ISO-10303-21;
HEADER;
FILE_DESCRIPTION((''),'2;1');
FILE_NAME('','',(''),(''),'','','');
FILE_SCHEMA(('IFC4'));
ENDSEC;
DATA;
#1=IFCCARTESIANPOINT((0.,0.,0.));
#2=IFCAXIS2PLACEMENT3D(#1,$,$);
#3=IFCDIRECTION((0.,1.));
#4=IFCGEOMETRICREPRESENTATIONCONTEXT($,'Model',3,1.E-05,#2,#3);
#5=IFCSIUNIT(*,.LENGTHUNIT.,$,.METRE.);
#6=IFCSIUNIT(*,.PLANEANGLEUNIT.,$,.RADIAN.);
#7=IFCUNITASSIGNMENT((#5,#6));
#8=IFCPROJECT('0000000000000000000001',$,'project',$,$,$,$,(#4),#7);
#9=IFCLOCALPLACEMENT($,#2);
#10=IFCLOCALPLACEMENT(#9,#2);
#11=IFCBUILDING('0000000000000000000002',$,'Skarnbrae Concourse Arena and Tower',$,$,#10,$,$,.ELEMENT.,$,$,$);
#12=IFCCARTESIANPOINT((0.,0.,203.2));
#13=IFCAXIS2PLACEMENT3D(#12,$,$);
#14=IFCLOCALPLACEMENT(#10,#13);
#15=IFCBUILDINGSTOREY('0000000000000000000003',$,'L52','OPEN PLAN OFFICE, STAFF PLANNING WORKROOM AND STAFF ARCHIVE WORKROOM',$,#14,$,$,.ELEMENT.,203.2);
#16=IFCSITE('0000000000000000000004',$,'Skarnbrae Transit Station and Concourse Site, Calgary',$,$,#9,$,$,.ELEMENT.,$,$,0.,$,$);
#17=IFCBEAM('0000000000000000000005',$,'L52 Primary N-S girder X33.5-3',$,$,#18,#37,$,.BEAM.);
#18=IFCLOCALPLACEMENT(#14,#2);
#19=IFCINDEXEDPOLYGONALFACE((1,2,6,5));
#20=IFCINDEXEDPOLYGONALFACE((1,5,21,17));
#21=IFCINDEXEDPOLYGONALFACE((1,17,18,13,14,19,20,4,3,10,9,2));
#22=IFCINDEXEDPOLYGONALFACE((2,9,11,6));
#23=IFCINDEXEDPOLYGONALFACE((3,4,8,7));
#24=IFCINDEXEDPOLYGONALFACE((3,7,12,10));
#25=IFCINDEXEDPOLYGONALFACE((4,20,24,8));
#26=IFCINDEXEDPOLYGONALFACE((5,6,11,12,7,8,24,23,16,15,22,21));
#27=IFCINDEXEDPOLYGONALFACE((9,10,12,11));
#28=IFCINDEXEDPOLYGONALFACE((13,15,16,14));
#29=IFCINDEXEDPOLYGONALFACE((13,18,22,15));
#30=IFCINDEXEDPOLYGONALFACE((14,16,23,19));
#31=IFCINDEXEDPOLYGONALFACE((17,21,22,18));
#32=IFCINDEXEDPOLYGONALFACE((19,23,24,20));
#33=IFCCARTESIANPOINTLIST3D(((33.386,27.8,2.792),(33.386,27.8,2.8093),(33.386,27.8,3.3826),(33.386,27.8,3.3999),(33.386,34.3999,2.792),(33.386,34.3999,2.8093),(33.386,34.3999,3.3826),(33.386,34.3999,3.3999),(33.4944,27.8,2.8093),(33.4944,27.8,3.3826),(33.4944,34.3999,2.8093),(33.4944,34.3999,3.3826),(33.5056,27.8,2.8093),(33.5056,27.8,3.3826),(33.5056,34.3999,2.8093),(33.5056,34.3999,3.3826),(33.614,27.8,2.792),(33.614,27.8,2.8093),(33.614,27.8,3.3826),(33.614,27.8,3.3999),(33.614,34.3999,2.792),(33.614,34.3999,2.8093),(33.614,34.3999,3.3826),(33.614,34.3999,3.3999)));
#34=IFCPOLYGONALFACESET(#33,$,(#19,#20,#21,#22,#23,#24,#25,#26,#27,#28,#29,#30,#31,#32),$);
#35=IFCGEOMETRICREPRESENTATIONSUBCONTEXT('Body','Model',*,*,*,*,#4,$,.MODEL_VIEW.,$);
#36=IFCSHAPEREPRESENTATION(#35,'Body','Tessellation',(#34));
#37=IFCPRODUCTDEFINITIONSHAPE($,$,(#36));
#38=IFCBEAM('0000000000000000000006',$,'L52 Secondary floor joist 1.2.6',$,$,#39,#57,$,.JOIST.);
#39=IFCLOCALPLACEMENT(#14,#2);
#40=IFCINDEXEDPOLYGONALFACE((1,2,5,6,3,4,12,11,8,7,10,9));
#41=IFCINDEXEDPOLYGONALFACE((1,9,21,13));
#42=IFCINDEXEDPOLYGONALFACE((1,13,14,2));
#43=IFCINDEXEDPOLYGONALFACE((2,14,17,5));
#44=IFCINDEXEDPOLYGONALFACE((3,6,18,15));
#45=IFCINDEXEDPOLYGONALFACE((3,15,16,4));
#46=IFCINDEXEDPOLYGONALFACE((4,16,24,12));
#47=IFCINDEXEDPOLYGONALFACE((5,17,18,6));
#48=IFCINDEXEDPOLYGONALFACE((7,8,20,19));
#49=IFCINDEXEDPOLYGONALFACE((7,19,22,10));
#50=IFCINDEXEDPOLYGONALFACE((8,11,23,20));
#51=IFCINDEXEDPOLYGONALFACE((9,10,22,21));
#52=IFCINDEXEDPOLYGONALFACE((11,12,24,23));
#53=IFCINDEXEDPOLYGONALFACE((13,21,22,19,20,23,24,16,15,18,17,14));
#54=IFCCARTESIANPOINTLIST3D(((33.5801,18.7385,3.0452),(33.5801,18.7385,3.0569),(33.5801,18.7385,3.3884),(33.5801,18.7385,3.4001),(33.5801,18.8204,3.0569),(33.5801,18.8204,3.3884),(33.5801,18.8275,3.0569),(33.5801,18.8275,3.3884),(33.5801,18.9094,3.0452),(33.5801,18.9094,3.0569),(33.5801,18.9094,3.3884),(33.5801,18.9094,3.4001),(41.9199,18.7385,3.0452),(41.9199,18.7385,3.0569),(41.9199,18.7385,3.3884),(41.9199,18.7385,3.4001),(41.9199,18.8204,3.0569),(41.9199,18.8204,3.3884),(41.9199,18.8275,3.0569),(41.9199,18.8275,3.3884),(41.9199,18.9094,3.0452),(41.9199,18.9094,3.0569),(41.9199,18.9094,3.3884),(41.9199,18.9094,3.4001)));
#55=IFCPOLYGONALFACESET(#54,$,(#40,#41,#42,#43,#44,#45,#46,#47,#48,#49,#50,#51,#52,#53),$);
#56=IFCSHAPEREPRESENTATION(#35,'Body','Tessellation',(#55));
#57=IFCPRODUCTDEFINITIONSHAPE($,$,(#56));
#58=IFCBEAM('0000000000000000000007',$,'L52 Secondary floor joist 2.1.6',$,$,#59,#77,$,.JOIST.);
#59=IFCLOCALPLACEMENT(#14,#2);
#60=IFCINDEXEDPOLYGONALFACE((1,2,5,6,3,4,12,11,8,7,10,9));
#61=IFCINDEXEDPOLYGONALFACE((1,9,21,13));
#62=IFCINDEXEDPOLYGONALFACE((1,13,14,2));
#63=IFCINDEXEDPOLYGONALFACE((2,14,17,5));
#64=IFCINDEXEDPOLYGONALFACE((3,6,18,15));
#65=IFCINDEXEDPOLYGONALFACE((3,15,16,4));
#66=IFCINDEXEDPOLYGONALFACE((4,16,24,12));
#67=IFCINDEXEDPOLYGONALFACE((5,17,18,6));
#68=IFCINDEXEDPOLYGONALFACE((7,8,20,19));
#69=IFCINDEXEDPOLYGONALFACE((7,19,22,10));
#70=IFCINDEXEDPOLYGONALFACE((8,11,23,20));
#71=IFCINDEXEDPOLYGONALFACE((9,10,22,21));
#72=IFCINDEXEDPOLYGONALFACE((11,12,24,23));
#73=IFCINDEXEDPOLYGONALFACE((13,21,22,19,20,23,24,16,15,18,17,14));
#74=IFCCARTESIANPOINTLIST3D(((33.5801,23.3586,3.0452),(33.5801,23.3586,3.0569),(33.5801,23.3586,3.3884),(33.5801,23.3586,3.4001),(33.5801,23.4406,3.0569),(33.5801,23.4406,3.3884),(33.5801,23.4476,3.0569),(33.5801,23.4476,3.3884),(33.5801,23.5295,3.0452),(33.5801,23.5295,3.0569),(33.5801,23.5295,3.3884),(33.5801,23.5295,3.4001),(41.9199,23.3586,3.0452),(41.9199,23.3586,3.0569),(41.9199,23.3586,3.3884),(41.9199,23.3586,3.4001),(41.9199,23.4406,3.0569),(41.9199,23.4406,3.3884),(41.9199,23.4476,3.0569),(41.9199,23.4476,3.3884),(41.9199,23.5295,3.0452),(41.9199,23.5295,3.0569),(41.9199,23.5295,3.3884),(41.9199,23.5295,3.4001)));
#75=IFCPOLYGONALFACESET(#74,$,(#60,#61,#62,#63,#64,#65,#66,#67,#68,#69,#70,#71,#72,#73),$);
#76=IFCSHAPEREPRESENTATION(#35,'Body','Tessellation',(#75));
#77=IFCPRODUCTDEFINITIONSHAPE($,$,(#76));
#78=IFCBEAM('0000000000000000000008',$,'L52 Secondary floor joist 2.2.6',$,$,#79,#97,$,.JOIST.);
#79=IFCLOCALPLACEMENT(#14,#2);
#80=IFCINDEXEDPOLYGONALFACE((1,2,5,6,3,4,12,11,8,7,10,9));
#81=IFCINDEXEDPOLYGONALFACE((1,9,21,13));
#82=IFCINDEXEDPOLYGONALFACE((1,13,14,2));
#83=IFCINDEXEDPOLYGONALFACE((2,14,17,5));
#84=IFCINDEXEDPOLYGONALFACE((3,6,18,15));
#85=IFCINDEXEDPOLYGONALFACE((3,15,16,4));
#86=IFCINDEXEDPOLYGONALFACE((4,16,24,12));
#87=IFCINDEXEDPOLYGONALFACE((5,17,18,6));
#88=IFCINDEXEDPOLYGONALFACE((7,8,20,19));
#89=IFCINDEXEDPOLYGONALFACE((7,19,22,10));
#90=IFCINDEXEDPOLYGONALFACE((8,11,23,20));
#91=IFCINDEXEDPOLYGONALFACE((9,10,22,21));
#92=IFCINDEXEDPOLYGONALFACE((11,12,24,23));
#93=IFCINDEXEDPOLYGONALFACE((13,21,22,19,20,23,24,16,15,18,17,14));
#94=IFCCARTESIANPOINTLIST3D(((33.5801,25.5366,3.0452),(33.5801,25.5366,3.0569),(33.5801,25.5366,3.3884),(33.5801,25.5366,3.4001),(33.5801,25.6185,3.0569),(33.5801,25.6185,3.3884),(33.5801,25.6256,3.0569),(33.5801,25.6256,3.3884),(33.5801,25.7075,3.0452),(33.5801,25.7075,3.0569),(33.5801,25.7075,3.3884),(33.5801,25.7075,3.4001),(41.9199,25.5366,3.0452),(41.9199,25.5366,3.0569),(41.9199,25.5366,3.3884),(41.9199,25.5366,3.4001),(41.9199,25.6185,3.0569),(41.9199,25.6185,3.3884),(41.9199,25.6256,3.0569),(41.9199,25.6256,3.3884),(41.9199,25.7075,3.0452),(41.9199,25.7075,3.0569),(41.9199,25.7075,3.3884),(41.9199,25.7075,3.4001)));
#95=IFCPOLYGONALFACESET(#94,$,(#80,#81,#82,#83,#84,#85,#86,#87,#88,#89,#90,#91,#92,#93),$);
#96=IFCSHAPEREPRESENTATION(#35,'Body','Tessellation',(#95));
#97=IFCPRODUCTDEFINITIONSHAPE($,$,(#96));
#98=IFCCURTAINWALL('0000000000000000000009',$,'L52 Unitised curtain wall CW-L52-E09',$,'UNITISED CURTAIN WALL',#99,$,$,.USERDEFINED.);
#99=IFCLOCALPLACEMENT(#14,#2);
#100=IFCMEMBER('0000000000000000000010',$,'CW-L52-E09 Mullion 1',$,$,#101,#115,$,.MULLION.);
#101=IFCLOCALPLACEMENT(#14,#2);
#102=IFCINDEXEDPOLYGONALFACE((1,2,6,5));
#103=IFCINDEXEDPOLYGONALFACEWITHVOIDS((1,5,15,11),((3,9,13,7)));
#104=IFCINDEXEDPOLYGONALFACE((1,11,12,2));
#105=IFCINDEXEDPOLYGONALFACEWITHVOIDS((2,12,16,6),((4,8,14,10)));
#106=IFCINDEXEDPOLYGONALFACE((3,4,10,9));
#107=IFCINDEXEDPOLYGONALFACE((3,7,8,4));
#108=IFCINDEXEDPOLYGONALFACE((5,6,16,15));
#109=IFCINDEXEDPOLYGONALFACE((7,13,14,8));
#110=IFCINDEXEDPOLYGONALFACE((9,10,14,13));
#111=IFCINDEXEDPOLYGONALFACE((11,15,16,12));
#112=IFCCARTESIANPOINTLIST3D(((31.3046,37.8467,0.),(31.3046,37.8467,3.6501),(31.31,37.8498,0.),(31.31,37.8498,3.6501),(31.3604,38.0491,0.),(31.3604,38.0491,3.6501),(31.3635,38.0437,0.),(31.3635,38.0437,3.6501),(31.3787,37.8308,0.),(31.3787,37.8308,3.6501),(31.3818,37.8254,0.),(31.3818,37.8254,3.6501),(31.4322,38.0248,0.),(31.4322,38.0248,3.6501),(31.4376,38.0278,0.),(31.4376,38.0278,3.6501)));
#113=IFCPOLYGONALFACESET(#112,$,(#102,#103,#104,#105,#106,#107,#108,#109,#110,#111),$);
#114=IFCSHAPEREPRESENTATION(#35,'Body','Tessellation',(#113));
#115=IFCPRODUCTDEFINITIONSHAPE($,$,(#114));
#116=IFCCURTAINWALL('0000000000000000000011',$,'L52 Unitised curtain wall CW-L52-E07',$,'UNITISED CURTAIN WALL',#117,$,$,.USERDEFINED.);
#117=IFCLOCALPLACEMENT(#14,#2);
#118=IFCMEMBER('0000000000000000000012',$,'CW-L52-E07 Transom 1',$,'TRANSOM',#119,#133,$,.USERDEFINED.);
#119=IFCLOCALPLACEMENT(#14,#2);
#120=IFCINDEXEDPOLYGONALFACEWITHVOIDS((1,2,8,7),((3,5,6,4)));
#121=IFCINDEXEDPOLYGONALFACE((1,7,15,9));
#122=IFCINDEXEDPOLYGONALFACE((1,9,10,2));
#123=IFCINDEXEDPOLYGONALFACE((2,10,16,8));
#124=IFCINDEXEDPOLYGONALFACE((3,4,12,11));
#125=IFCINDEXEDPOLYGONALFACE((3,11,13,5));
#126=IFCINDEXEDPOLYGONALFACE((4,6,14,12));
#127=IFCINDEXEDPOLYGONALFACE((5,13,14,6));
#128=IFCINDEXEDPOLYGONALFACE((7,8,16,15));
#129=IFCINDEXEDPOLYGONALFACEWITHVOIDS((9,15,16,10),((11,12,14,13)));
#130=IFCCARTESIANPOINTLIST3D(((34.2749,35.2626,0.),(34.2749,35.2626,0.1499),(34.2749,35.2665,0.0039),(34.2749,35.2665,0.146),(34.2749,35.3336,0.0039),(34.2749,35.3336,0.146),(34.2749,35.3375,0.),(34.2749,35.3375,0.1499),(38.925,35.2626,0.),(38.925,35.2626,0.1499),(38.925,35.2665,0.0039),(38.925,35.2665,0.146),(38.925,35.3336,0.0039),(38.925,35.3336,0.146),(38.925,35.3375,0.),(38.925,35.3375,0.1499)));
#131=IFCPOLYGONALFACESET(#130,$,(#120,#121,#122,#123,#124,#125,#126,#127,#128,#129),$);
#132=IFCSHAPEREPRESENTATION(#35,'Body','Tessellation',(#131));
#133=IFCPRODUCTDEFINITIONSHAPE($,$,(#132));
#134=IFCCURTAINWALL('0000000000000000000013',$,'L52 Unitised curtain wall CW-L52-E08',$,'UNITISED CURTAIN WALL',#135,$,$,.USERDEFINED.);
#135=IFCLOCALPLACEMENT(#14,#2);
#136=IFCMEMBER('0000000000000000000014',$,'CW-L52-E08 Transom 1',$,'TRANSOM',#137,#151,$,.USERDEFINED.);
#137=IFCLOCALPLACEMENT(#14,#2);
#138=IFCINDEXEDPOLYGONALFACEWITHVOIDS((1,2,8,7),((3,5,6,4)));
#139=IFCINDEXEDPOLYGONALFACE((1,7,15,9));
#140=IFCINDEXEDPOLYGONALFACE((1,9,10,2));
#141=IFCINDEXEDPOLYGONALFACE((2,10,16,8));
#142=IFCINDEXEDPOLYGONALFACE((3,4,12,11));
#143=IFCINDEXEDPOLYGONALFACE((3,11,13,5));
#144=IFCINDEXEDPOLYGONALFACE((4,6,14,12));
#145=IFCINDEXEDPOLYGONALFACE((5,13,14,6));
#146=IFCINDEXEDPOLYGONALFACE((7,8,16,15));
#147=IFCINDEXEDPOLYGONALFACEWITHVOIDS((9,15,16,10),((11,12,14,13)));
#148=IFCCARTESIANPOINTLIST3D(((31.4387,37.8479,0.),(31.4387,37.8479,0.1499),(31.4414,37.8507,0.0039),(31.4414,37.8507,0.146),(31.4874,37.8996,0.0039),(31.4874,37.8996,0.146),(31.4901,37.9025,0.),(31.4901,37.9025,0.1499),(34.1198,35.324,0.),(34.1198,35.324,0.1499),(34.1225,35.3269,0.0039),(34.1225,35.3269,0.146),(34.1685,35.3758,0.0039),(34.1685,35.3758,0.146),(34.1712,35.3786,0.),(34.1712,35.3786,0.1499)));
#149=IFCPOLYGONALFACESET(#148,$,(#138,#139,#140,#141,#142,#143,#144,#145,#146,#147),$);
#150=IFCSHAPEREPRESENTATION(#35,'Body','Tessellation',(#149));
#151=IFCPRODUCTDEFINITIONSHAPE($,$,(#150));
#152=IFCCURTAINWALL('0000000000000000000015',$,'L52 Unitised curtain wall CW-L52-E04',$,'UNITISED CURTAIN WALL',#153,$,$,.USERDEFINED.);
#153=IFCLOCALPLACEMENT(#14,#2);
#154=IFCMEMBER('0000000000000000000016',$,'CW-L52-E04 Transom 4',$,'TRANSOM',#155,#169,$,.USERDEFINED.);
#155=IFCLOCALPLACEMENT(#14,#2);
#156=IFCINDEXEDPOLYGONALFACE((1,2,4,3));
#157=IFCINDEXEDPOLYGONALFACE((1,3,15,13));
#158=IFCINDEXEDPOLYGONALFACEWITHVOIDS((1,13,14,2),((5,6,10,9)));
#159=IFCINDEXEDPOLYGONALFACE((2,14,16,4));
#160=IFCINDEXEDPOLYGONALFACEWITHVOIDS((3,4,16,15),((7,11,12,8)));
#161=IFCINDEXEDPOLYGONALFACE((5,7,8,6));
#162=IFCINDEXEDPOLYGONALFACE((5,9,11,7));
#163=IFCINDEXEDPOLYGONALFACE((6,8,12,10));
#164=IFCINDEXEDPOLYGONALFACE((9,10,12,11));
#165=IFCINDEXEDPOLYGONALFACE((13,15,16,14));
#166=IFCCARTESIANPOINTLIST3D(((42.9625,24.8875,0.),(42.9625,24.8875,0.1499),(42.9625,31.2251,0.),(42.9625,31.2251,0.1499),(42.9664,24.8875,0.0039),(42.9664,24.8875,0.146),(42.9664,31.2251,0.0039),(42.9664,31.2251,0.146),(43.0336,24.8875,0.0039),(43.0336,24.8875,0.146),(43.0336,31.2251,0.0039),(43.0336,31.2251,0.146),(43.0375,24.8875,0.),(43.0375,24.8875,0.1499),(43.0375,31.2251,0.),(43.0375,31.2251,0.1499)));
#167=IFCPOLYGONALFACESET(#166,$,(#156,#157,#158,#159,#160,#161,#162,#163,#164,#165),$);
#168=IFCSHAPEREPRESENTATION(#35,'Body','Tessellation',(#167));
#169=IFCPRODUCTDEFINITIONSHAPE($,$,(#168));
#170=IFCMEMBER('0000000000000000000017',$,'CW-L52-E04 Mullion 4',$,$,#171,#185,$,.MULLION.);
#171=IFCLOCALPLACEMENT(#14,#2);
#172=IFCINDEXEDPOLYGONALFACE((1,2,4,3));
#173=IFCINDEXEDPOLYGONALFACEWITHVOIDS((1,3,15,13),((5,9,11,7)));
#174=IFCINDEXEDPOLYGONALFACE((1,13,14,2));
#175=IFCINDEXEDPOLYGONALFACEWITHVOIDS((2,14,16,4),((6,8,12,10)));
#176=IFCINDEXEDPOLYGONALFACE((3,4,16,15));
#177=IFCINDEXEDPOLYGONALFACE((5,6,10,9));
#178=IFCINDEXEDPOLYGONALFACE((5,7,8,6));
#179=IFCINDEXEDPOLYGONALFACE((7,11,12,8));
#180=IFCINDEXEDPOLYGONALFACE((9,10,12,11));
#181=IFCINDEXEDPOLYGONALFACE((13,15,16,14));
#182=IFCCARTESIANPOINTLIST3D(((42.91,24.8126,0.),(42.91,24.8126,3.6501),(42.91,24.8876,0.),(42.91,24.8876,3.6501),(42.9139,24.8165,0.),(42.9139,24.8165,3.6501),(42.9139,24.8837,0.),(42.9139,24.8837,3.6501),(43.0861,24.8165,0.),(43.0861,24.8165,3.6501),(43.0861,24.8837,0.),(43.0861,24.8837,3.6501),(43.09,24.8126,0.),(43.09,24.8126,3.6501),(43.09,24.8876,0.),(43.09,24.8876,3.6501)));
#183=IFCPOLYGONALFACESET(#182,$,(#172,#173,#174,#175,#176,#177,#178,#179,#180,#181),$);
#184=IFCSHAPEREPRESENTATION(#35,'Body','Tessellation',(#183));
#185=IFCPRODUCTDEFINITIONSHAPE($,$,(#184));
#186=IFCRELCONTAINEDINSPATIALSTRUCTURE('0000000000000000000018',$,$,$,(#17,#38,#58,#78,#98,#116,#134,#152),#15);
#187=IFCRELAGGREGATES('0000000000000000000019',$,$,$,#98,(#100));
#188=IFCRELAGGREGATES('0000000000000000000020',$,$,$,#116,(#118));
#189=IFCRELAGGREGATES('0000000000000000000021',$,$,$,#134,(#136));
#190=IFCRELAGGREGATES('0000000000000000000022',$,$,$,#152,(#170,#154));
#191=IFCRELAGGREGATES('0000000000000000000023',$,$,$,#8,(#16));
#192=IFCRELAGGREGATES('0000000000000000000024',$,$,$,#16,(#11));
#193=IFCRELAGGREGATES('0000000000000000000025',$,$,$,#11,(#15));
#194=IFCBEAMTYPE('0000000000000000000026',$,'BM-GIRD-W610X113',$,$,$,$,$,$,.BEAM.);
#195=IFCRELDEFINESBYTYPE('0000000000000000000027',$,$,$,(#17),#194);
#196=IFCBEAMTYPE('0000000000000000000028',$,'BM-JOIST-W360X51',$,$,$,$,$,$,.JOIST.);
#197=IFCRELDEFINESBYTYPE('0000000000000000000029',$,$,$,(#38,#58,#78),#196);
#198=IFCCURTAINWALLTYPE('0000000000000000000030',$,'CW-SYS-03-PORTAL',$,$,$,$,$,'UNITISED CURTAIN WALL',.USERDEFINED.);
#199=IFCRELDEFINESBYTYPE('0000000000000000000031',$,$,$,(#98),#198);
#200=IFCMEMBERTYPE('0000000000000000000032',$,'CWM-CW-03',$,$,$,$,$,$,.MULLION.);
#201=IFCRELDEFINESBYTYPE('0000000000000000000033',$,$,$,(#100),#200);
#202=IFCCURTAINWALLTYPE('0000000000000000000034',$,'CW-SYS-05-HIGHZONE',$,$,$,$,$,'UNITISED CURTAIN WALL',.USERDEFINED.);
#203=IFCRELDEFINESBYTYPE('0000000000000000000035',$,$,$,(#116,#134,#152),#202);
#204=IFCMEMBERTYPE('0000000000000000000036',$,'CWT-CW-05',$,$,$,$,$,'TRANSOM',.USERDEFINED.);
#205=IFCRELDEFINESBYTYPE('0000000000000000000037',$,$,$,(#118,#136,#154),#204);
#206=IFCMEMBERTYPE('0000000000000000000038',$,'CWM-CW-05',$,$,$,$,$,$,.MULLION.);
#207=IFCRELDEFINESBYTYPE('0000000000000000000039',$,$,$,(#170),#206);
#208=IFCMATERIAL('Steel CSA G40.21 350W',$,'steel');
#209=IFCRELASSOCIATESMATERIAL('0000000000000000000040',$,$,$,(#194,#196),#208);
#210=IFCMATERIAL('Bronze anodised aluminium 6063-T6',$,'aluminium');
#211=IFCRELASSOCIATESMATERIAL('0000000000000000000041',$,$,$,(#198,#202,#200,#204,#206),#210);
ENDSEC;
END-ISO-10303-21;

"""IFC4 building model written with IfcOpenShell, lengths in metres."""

from ifc_helpers import new_model, si_unit, direction, frame, origin, origin_2d, place, context, subcontext, project, spatial, hollow_rectangle, i_section, extrude, source, transform, mapped, material, material_profile, profile_set, type_object, element, aggregate, save


model = new_model("IFC4")

# Units and contexts
model_context = context("Model", 3, precision=1e-05, world=origin(), true_north=direction((0.0, 1.0)))
body_context = subcontext(model_context, "Body", "Model", "MODEL_VIEW")
ifc_project = project(units=[si_unit("LENGTHUNIT", "METRE"), si_unit("PLANEANGLEUNIT", "RADIAN")], contexts=[model_context])

# Site, building, storey
site_placement = place(None, origin())
site = spatial("IfcSite", under=ifc_project, at=site_placement, Name="Skarnbrae Transit Station and Concourse Site, Calgary", CompositionType="ELEMENT", RefElevation=0.0)
building_placement = place(site_placement, origin())
building = spatial("IfcBuilding", under=site, at=building_placement, Name="Skarnbrae Concourse Arena and Tower", CompositionType="ELEMENT")
storey_placement = place(building_placement, frame((0.0, 0.0, 203.2)))
storey = spatial("IfcBuildingStorey", under=building, at=storey_placement, Name="L52", Description="OPEN PLAN OFFICE, STAFF PLANNING WORKROOM AND STAFF ARCHIVE WORKROOM", CompositionType="ELEMENT", Elevation=203.2)

# Shared definitions
ifc_material_1 = material(Name="Steel CSA G40.21 350W", Category="steel")

# Beams
ifc_material_profile_1 = material_profile(ifc_material_1, i_section(OverallWidth=0.228, OverallDepth=0.6079, WebThickness=0.0112, FlangeThickness=0.0173, at=origin_2d()), Name="W610X113")
ifc_profile_set_1 = profile_set([ifc_material_profile_1], Name="Steel CSA G40.21 350W")
beam_type_1 = type_object("IfcBeamType", Name="BM-GIRD-W610X113", PredefinedType="BEAM", material=ifc_profile_set_1)
shared_shape_1 = source(origin(), body_context, "Body", "SweptSolid", [
    extrude(i_section(OverallWidth=0.228, OverallDepth=0.6079, WebThickness=0.0112, FlangeThickness=0.0173, at=origin_2d()), origin(), (0.0, 0.0, 1.0), 6.5999),
])
beam_1_placement = place(storey_placement, frame((33.5, 27.8, 3.0959), z_axis=(0.0, 1.0, 0.0), x_axis=(-1.0, 0.0, 0.0)))
element("IfcBeam", 1, at=beam_1_placement, inside=storey, type_object=beam_type_1, Name="L52 Primary N-S girder X33.5-3", PredefinedType="BEAM", context=body_context, shape_type="MappedRepresentation", body=[
    mapped(shared_shape_1, transform((0.0, 0.0, 0.0))),
])
ifc_material_profile_2 = material_profile(ifc_material_1, i_section(OverallWidth=0.1709, OverallDepth=0.355, WebThickness=0.0071, FlangeThickness=0.0117, at=origin_2d()), Name="W360X51")
ifc_profile_set_2 = profile_set([ifc_material_profile_2], Name="Steel CSA G40.21 350W")
beam_type_2 = type_object("IfcBeamType", Name="BM-JOIST-W360X51", PredefinedType="JOIST", material=ifc_profile_set_2)
shared_shape_2 = source(origin(), body_context, "Body", "SweptSolid", [
    extrude(i_section(OverallWidth=0.1709, OverallDepth=0.355, WebThickness=0.0071, FlangeThickness=0.0117, at=origin_2d()), origin(), (0.0, 0.0, 1.0), 8.3398),
])
for number, where, z_axis, x_axis, name in (
    (2, (33.5801, 18.824, 3.2227), (1.0, 0.0, 0.0), (0.0, 1.0, 0.0), "L52 Secondary floor joist 1.2.6"),
    (3, (33.5801, 23.4441, 3.2227), (1.0, 0.0, 0.0), (0.0, 1.0, 0.0), "L52 Secondary floor joist 2.1.6"),
    (4, (33.5801, 25.6221, 3.2227), (1.0, 0.0, 0.0), (0.0, 1.0, 0.0), "L52 Secondary floor joist 2.2.6"),
):
    element("IfcBeam", number, at=place(storey_placement, frame(where, z_axis=z_axis, x_axis=x_axis)), inside=storey, type_object=beam_type_2, Name=name, PredefinedType="JOIST", context=body_context, shape_type="MappedRepresentation", body=[
        mapped(shared_shape_2, transform((0.0, 0.0, 0.0))),
    ])

# Curtain walls, members
ifc_material_2 = material(Name="Bronze anodised aluminium 6063-T6", Category="aluminium")
curtain_wall_type_1 = type_object("IfcCurtainWallType", Name="CW-SYS-03-PORTAL", ElementType="UNITISED CURTAIN WALL", PredefinedType="USERDEFINED", material=ifc_material_2)
curtain_wall_1_placement = place(storey_placement, origin())
curtain_wall_1 = element("IfcCurtainWall", 5, at=curtain_wall_1_placement, inside=storey, type_object=curtain_wall_type_1, Name="L52 Unitised curtain wall CW-L52-E09", ObjectType="UNITISED CURTAIN WALL", PredefinedType="USERDEFINED")
ifc_material_profile_3 = material_profile(ifc_material_2, hollow_rectangle(XDim=0.0801, YDim=0.21, WallThickness=0.0044, at=origin_2d()), Name="ALU-MULL-80X210")
ifc_profile_set_3 = profile_set([ifc_material_profile_3], Name="Bronze anodised aluminium 6063-T6")
member_type_1 = type_object("IfcMemberType", Name="CWM-CW-03", PredefinedType="MULLION", material=ifc_profile_set_3)
shared_shape_3 = source(origin(), body_context, "Body", "SweptSolid", [
    extrude(hollow_rectangle(XDim=0.0801, YDim=0.21, WallThickness=0.0044, at=origin_2d()), origin(), (0.0, 0.0, 1.0), 3.6501),
])
member_1_placement = place(storey_placement, frame((31.3711, 37.9373, 0.0), z_axis=(0.0, 0.0, 1.0), x_axis=(-0.964057, 0.265694, 0.0)))
member_1 = element("IfcMember", 6, at=member_1_placement, type_object=member_type_1, Name="CW-L52-E09 Mullion 1", PredefinedType="MULLION", context=body_context, shape_type="MappedRepresentation", body=[
    mapped(shared_shape_3, transform((0.0, 0.0, 0.0))),
])
curtain_wall_type_2 = type_object("IfcCurtainWallType", Name="CW-SYS-05-HIGHZONE", ElementType="UNITISED CURTAIN WALL", PredefinedType="USERDEFINED", material=ifc_material_2)
curtain_wall_2_placement = place(storey_placement, origin())
curtain_wall_2 = element("IfcCurtainWall", 7, at=curtain_wall_2_placement, inside=storey, type_object=curtain_wall_type_2, Name="L52 Unitised curtain wall CW-L52-E07", ObjectType="UNITISED CURTAIN WALL", PredefinedType="USERDEFINED")
ifc_material_profile_4 = material_profile(ifc_material_2, hollow_rectangle(XDim=0.075, YDim=0.1499, WallThickness=0.0039, at=origin_2d()), Name="ALU-TRAN-75X150")
ifc_profile_set_4 = profile_set([ifc_material_profile_4], Name="Bronze anodised aluminium 6063-T6")
member_type_2 = type_object("IfcMemberType", Name="CWT-CW-05", ElementType="TRANSOM", PredefinedType="USERDEFINED", material=ifc_profile_set_4)
shared_shape_4 = source(origin(), body_context, "Body", "SweptSolid", [
    extrude(hollow_rectangle(XDim=0.075, YDim=0.1499, WallThickness=0.0039, at=origin_2d()), origin(), (0.0, 0.0, 1.0), 4.6501),
])
member_2_placement = place(storey_placement, frame((38.925, 35.3, 0.075), z_axis=(-1.0, 0.0, 0.0), x_axis=(0.0, -1.0, 0.0)))
member_2 = element("IfcMember", 8, at=member_2_placement, type_object=member_type_2, Name="CW-L52-E07 Transom 1", ObjectType="TRANSOM", PredefinedType="USERDEFINED", context=body_context, shape_type="MappedRepresentation", body=[
    mapped(shared_shape_4, transform((0.0, 0.0, 0.0))),
])
curtain_wall_3_placement = place(storey_placement, origin())
curtain_wall_3 = element("IfcCurtainWall", 9, at=curtain_wall_3_placement, inside=storey, type_object=curtain_wall_type_2, Name="L52 Unitised curtain wall CW-L52-E08", ObjectType="UNITISED CURTAIN WALL", PredefinedType="USERDEFINED")
shared_shape_5 = source(origin(), body_context, "Body", "SweptSolid", [
    extrude(hollow_rectangle(XDim=0.075, YDim=0.1499, WallThickness=0.0039, at=origin_2d()), origin(), (0.0, 0.0, 1.0), 3.6821),
])
member_3_placement = place(storey_placement, frame((34.1455, 35.3513, 0.075), z_axis=(-0.728134, 0.685435, 0.0), x_axis=(-0.685435, -0.728134, 0.0)))
member_3 = element("IfcMember", 10, at=member_3_placement, type_object=member_type_2, Name="CW-L52-E08 Transom 1", ObjectType="TRANSOM", PredefinedType="USERDEFINED", context=body_context, shape_type="MappedRepresentation", body=[
    mapped(shared_shape_5, transform((0.0, 0.0, 0.0))),
])

# Curtain wall, members
curtain_wall_4_placement = place(storey_placement, origin())
curtain_wall_4 = element("IfcCurtainWall", 11, at=curtain_wall_4_placement, inside=storey, type_object=curtain_wall_type_2, Name="L52 Unitised curtain wall CW-L52-E04", ObjectType="UNITISED CURTAIN WALL", PredefinedType="USERDEFINED")
shared_shape_6 = source(origin(), body_context, "Body", "SweptSolid", [
    extrude(hollow_rectangle(XDim=0.075, YDim=0.1499, WallThickness=0.0039, at=origin_2d()), origin(), (0.0, 0.0, 1.0), 6.3376),
])
member_4_placement = place(storey_placement, frame((43.0, 24.8875, 0.075), z_axis=(0.0, 1.0, 0.0), x_axis=(-1.0, 0.0, 0.0)))
member_4 = element("IfcMember", 12, at=member_4_placement, type_object=member_type_2, Name="CW-L52-E04 Transom 4", ObjectType="TRANSOM", PredefinedType="USERDEFINED", context=body_context, shape_type="MappedRepresentation", body=[
    mapped(shared_shape_6, transform((0.0, 0.0, 0.0))),
])
ifc_material_profile_5 = material_profile(ifc_material_2, hollow_rectangle(XDim=0.075, YDim=0.1799, WallThickness=0.0039, at=origin_2d()), Name="ALU-MULL-75X180")
ifc_profile_set_5 = profile_set([ifc_material_profile_5], Name="Bronze anodised aluminium 6063-T6")
member_type_3 = type_object("IfcMemberType", Name="CWM-CW-05", PredefinedType="MULLION", material=ifc_profile_set_5)
shared_shape_7 = source(origin(), body_context, "Body", "SweptSolid", [
    extrude(hollow_rectangle(XDim=0.075, YDim=0.1799, WallThickness=0.0039, at=origin_2d()), origin(), (0.0, 0.0, 1.0), 3.6501),
])
member_5_placement = place(storey_placement, frame((43.0, 24.8501, 0.0), z_axis=(0.0, 0.0, 1.0), x_axis=(0.0, 1.0, 0.0)))
member_5 = element("IfcMember", 13, at=member_5_placement, type_object=member_type_3, Name="CW-L52-E04 Mullion 4", PredefinedType="MULLION", context=body_context, shape_type="MappedRepresentation", body=[
    mapped(shared_shape_7, transform((0.0, 0.0, 0.0))),
])

aggregate(curtain_wall_1, [member_1])

aggregate(curtain_wall_2, [member_2])
aggregate(curtain_wall_3, [member_3])
aggregate(curtain_wall_4, [member_5, member_4])

save(model, "model.ifc")
